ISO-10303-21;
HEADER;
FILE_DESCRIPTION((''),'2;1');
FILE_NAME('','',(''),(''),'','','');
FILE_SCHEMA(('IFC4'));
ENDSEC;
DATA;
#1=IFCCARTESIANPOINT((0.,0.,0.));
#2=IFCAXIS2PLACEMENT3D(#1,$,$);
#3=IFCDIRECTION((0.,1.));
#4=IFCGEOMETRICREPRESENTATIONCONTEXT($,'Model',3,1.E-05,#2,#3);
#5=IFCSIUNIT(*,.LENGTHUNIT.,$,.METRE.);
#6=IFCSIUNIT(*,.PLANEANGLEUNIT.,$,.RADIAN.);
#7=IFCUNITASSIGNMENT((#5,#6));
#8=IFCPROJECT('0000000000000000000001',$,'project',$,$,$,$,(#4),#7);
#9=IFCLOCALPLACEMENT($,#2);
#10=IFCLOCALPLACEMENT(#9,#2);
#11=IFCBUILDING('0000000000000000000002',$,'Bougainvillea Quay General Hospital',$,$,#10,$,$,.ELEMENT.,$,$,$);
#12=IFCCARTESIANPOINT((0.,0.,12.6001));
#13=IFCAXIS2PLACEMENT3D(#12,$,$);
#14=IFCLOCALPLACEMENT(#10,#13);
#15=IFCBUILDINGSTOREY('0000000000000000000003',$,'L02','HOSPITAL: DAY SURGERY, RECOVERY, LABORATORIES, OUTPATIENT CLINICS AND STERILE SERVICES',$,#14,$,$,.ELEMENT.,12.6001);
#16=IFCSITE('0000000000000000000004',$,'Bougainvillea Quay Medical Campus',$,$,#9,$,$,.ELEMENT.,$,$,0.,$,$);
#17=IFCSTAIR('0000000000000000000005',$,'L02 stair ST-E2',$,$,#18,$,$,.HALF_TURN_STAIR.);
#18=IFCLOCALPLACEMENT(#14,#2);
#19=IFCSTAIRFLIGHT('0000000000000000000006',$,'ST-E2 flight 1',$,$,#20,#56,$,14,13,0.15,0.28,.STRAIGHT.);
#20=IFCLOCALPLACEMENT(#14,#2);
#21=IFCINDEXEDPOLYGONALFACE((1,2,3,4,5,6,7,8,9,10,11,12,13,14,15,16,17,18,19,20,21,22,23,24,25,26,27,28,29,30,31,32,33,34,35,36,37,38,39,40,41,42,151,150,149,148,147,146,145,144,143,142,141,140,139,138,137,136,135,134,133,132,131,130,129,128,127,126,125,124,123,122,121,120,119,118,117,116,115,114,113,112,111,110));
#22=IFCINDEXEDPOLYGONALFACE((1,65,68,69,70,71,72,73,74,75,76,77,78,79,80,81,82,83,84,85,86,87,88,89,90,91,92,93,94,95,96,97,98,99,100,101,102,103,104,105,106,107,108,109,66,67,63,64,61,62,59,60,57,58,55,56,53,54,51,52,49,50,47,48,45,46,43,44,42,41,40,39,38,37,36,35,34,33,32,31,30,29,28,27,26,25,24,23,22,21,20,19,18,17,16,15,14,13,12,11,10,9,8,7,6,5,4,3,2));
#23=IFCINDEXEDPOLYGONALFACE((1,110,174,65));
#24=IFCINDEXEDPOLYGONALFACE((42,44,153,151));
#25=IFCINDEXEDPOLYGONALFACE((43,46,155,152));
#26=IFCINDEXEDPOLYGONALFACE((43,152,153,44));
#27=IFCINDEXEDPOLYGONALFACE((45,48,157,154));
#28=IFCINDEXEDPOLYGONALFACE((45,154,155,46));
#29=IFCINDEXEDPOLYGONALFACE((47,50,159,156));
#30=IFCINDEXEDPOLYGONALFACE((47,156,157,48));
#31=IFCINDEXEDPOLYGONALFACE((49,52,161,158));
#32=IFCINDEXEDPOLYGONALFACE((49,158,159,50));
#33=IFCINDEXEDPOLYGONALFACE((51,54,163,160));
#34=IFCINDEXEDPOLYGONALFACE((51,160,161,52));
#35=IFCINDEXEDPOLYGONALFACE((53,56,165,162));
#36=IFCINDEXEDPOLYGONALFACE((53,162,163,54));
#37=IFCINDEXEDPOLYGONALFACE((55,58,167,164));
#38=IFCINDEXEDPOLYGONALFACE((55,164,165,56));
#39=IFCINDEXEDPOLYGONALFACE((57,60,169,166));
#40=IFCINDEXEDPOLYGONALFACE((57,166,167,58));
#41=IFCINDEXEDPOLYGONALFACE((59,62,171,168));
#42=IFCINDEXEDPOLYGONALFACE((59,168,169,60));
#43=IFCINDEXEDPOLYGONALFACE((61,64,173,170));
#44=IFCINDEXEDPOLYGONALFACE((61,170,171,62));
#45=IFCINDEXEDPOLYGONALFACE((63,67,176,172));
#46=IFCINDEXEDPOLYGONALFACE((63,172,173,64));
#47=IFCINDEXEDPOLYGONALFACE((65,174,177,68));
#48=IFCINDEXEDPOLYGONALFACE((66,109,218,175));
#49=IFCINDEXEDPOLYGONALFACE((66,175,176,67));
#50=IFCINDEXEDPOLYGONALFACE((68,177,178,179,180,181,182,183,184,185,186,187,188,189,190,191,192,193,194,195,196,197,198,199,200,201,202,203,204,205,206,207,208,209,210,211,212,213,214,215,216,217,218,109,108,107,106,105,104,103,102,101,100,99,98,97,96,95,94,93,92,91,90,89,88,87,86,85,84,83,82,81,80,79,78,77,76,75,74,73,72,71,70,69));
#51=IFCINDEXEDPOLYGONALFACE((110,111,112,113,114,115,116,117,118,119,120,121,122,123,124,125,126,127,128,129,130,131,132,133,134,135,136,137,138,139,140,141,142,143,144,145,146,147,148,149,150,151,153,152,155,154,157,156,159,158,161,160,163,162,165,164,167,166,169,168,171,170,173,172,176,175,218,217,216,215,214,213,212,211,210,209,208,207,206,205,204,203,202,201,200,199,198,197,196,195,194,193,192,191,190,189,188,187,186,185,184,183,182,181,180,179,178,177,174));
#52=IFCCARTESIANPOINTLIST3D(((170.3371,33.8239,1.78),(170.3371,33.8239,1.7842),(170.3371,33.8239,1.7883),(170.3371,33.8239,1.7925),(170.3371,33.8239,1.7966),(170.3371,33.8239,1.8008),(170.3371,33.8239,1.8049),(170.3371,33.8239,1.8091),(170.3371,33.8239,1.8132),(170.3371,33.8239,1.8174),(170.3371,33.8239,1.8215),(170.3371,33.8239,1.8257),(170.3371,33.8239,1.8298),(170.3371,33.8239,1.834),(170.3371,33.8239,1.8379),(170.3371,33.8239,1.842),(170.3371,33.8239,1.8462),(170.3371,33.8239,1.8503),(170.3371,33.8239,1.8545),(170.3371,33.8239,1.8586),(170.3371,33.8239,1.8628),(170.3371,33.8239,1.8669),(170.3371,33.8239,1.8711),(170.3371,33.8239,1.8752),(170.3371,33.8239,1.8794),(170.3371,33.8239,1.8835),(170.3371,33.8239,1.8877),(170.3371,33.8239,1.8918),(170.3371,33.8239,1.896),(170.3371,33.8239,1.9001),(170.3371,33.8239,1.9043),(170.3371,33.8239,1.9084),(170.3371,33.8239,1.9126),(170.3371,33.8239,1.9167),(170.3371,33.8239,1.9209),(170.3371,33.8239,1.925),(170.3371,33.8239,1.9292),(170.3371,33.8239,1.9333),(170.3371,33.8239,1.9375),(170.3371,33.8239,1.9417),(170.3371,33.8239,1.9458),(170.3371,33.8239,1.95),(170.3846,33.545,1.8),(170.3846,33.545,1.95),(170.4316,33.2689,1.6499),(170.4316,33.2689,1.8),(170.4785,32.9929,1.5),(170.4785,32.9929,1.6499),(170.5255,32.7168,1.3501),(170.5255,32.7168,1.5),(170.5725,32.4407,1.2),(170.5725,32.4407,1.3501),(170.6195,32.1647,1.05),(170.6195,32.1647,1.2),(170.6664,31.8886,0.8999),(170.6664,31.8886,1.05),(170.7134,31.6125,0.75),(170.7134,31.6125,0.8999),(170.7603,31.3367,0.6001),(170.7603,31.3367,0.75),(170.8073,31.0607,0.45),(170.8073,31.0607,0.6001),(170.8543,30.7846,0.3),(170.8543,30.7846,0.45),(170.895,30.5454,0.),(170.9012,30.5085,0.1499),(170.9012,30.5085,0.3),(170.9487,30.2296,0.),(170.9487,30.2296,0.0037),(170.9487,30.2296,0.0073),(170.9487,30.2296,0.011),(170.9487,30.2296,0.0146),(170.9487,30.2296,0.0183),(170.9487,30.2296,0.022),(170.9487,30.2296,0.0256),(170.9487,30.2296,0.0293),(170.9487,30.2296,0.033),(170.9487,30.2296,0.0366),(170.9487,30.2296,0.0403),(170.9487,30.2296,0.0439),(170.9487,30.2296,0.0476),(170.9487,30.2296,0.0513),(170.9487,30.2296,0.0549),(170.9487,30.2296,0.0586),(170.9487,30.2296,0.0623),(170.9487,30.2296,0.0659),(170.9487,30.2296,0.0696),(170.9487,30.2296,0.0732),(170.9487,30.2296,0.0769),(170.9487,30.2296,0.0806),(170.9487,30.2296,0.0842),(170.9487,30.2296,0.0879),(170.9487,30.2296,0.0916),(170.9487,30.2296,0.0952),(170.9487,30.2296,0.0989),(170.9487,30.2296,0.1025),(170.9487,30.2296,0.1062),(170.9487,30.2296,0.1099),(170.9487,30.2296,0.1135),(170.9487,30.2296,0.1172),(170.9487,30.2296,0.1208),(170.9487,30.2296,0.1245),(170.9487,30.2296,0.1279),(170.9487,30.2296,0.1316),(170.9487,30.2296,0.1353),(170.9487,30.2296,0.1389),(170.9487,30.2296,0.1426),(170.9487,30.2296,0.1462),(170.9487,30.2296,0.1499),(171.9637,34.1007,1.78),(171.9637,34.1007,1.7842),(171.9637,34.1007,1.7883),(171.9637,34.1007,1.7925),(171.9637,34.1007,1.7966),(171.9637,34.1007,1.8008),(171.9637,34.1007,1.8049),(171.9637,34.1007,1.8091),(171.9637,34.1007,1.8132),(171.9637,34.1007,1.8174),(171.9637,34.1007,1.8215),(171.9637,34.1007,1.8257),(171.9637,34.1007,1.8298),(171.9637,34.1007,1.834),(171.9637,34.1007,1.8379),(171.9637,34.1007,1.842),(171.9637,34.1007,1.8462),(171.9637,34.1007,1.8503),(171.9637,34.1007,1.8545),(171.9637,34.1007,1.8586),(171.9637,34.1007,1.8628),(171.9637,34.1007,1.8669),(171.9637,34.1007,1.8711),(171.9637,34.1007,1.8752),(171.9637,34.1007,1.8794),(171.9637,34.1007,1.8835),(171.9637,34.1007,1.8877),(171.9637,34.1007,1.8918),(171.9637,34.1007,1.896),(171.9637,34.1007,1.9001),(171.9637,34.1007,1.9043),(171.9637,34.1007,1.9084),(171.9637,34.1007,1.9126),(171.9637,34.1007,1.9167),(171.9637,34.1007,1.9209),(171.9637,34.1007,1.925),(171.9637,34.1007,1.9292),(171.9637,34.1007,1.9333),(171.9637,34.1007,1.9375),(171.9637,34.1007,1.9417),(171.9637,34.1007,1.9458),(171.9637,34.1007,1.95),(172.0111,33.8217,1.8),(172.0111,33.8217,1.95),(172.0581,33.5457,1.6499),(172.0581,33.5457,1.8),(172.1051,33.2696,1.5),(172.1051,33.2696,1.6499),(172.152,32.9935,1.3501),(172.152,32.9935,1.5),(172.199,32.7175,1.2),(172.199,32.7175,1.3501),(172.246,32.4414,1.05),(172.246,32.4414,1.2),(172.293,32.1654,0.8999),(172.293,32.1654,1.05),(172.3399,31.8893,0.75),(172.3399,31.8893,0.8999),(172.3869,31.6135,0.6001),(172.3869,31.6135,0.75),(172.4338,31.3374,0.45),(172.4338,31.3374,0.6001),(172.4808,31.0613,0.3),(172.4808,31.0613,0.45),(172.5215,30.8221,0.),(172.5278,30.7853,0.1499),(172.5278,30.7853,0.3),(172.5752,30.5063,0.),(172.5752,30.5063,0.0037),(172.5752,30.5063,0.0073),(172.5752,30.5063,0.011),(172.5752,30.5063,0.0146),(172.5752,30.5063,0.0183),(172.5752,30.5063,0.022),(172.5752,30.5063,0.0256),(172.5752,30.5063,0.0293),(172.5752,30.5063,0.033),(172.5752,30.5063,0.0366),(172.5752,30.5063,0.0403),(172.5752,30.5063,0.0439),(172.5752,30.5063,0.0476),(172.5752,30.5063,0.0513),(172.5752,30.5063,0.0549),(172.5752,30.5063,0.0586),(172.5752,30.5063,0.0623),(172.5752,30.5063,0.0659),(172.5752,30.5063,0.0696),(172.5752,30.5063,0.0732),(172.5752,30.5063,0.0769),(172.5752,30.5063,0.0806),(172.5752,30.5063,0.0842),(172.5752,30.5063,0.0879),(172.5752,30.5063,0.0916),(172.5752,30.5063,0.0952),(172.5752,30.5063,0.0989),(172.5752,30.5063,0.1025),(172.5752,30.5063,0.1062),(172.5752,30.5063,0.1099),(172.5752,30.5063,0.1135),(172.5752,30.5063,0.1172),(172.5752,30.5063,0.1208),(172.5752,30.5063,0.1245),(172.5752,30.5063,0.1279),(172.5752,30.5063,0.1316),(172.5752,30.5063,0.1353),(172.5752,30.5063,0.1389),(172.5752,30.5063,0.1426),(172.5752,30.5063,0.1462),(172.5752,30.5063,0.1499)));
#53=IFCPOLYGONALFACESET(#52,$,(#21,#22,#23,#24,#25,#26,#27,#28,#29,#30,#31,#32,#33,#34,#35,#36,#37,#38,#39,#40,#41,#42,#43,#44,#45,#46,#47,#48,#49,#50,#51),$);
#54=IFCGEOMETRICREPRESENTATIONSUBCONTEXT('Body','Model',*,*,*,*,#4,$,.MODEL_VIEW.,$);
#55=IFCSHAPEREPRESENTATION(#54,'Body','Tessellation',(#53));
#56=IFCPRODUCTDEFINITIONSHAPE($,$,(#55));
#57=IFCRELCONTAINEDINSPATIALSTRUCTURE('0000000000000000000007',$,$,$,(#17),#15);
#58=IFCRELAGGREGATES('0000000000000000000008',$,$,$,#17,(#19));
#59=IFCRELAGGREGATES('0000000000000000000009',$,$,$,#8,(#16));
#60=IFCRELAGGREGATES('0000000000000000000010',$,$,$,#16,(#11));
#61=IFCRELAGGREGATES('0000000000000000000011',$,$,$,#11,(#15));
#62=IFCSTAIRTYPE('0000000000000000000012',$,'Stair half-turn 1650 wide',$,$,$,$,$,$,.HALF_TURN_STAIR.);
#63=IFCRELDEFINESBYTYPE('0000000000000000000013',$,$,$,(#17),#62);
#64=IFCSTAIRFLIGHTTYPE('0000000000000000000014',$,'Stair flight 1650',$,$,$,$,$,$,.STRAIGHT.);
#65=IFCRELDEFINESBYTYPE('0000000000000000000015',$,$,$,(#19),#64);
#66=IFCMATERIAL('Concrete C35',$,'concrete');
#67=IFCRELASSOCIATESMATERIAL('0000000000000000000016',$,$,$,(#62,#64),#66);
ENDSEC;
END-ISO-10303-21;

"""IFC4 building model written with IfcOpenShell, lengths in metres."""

from ifc_helpers import new_model, si_unit, direction, frame, origin, place, context, subcontext, project, spatial, polyline, outline, extrude, material, type_object, element, aggregate, save


model = new_model("IFC4")

# Units and contexts
model_context = context("Model", 3, precision=1e-05, world=origin(), true_north=direction((0.0, 1.0)))
body_context = subcontext(model_context, "Body", "Model", "MODEL_VIEW")
ifc_project = project(units=[si_unit("LENGTHUNIT", "METRE"), si_unit("PLANEANGLEUNIT", "RADIAN")], contexts=[model_context])

# Site, building, storey
site_placement = place(None, origin())
site = spatial("IfcSite", under=ifc_project, at=site_placement, Name="Bougainvillea Quay Medical Campus", CompositionType="ELEMENT", RefElevation=0.0)
building_placement = place(site_placement, origin())
building = spatial("IfcBuilding", under=site, at=building_placement, Name="Bougainvillea Quay General Hospital", CompositionType="ELEMENT")
storey_placement = place(building_placement, frame((0.0, 0.0, 12.6001)))
storey = spatial("IfcBuildingStorey", under=building, at=storey_placement, Name="L02", Description="HOSPITAL: DAY SURGERY, RECOVERY, LABORATORIES, OUTPATIENT CLINICS AND STERILE SERVICES", CompositionType="ELEMENT", Elevation=12.6001)

# Stair, stair flight
ifc_material_1 = material(Name="Concrete C35", Category="concrete")
stair_type = type_object("IfcStairType", Name="Stair half-turn 1650 wide", PredefinedType="HALF_TURN_STAIR", material=ifc_material_1)
stair_placement = place(storey_placement, origin())
stair = element("IfcStair", 1, at=stair_placement, inside=storey, type_object=stair_type, Name="L02 stair ST-E2", PredefinedType="HALF_TURN_STAIR")
stair_flight_type = type_object("IfcStairFlightType", Name="Stair flight 1650", PredefinedType="STRAIGHT", material=ifc_material_1)
stair_flight_1_placement = place(storey_placement, frame((171.7615, 30.3708, 0.0), z_axis=(0.0, 0.0, 1.0), x_axis=(-0.167737, 0.985832, 0.0)))
stair_flight_1 = element("IfcStairFlight", 2, at=stair_flight_1_placement, type_object=stair_flight_type, Name="ST-E2 flight 1", NumberOfRisers=14, NumberOfTreads=13, PredefinedType="STRAIGHT", RiserHeight=0.15, TreadLength=0.28, context=body_context, shape_type="SweptSolid", body=[
    extrude(outline(polyline([(-0.0029, 0.0), (-0.0029, 0.0037), (-0.0029, 0.0073), (-0.0029, 0.011), (-0.0029, 0.0146), (-0.0029, 0.0183), (-0.0029, 0.022), (-0.0029, 0.0256), (-0.0029, 0.0293), (-0.0029, 0.033), (-0.0029, 0.0366), (-0.0029, 0.0403), (-0.0029, 0.0439), (-0.0029, 0.0476), (-0.0029, 0.0513), (-0.0029, 0.0549), (-0.0029, 0.0586), (-0.0029, 0.0623), (-0.0029, 0.0659), (-0.0029, 0.0696), (-0.0029, 0.0732), (-0.0029, 0.0769), (-0.0029, 0.0806), (-0.0029, 0.0842), (-0.0029, 0.0879), (-0.0029, 0.0916), (-0.0029, 0.0952), (-0.0029, 0.0989), (-0.0029, 0.1025), (-0.0029, 0.1062), (-0.0029, 0.1099), (-0.0029, 0.1135), (-0.0029, 0.1172), (-0.0029, 0.1208), (-0.0029, 0.1245), (-0.0029, 0.1279), (-0.0029, 0.1316), (-0.0029, 0.1353), (-0.0029, 0.1389), (-0.0029, 0.1426), (-0.0029, 0.1462), (-0.0029, 0.1499), (0.28, 0.1499), (0.28, 0.3), (0.5601, 0.3), (0.5601, 0.45), (0.8401, 0.45), (0.8401, 0.6001), (1.1201, 0.6001), (1.1201, 0.75), (1.3999, 0.75), (1.3999, 0.8999), (1.6799, 0.8999), (1.6799, 1.05), (1.96, 1.05), (1.96, 1.2), (2.24, 1.2), (2.24, 1.3501), (2.52, 1.3501), (2.52, 1.5), (2.8, 1.5), (2.8, 1.6499), (3.0801, 1.6499), (3.0801, 1.8), (3.3601, 1.8), (3.3601, 1.95), (3.6431, 1.95), (3.6431, 1.9458), (3.6431, 1.9417), (3.6431, 1.9375), (3.6431, 1.9333), (3.6431, 1.9292), (3.6431, 1.925), (3.6431, 1.9209), (3.6431, 1.9167), (3.6431, 1.9126), (3.6431, 1.9084), (3.6431, 1.9043), (3.6431, 1.9001), (3.6431, 1.896), (3.6431, 1.8918), (3.6431, 1.8877), (3.6431, 1.8835), (3.6431, 1.8794), (3.6431, 1.8752), (3.6431, 1.8711), (3.6431, 1.8669), (3.6431, 1.8628), (3.6431, 1.8586), (3.6431, 1.8545), (3.6431, 1.8503), (3.6431, 1.8462), (3.6431, 1.842), (3.6431, 1.8379), (3.6431, 1.834), (3.6431, 1.8298), (3.6431, 1.8257), (3.6431, 1.8215), (3.6431, 1.8174), (3.6431, 1.8132), (3.6431, 1.8091), (3.6431, 1.8049), (3.6431, 1.8008), (3.6431, 1.7966), (3.6431, 1.7925), (3.6431, 1.7883), (3.6431, 1.7842), (3.6431, 1.78), (0.3174, 0.0), (-0.0029, 0.0)])), frame((0.0, 0.825, 0.0), z_axis=(0.0, -1.0, 0.0), x_axis=(1.0, 0.0, 0.0)), (0.0, 0.0, 1.0), 1.6499),
])
aggregate(stair, [stair_flight_1])

save(model, "model.ifc")
